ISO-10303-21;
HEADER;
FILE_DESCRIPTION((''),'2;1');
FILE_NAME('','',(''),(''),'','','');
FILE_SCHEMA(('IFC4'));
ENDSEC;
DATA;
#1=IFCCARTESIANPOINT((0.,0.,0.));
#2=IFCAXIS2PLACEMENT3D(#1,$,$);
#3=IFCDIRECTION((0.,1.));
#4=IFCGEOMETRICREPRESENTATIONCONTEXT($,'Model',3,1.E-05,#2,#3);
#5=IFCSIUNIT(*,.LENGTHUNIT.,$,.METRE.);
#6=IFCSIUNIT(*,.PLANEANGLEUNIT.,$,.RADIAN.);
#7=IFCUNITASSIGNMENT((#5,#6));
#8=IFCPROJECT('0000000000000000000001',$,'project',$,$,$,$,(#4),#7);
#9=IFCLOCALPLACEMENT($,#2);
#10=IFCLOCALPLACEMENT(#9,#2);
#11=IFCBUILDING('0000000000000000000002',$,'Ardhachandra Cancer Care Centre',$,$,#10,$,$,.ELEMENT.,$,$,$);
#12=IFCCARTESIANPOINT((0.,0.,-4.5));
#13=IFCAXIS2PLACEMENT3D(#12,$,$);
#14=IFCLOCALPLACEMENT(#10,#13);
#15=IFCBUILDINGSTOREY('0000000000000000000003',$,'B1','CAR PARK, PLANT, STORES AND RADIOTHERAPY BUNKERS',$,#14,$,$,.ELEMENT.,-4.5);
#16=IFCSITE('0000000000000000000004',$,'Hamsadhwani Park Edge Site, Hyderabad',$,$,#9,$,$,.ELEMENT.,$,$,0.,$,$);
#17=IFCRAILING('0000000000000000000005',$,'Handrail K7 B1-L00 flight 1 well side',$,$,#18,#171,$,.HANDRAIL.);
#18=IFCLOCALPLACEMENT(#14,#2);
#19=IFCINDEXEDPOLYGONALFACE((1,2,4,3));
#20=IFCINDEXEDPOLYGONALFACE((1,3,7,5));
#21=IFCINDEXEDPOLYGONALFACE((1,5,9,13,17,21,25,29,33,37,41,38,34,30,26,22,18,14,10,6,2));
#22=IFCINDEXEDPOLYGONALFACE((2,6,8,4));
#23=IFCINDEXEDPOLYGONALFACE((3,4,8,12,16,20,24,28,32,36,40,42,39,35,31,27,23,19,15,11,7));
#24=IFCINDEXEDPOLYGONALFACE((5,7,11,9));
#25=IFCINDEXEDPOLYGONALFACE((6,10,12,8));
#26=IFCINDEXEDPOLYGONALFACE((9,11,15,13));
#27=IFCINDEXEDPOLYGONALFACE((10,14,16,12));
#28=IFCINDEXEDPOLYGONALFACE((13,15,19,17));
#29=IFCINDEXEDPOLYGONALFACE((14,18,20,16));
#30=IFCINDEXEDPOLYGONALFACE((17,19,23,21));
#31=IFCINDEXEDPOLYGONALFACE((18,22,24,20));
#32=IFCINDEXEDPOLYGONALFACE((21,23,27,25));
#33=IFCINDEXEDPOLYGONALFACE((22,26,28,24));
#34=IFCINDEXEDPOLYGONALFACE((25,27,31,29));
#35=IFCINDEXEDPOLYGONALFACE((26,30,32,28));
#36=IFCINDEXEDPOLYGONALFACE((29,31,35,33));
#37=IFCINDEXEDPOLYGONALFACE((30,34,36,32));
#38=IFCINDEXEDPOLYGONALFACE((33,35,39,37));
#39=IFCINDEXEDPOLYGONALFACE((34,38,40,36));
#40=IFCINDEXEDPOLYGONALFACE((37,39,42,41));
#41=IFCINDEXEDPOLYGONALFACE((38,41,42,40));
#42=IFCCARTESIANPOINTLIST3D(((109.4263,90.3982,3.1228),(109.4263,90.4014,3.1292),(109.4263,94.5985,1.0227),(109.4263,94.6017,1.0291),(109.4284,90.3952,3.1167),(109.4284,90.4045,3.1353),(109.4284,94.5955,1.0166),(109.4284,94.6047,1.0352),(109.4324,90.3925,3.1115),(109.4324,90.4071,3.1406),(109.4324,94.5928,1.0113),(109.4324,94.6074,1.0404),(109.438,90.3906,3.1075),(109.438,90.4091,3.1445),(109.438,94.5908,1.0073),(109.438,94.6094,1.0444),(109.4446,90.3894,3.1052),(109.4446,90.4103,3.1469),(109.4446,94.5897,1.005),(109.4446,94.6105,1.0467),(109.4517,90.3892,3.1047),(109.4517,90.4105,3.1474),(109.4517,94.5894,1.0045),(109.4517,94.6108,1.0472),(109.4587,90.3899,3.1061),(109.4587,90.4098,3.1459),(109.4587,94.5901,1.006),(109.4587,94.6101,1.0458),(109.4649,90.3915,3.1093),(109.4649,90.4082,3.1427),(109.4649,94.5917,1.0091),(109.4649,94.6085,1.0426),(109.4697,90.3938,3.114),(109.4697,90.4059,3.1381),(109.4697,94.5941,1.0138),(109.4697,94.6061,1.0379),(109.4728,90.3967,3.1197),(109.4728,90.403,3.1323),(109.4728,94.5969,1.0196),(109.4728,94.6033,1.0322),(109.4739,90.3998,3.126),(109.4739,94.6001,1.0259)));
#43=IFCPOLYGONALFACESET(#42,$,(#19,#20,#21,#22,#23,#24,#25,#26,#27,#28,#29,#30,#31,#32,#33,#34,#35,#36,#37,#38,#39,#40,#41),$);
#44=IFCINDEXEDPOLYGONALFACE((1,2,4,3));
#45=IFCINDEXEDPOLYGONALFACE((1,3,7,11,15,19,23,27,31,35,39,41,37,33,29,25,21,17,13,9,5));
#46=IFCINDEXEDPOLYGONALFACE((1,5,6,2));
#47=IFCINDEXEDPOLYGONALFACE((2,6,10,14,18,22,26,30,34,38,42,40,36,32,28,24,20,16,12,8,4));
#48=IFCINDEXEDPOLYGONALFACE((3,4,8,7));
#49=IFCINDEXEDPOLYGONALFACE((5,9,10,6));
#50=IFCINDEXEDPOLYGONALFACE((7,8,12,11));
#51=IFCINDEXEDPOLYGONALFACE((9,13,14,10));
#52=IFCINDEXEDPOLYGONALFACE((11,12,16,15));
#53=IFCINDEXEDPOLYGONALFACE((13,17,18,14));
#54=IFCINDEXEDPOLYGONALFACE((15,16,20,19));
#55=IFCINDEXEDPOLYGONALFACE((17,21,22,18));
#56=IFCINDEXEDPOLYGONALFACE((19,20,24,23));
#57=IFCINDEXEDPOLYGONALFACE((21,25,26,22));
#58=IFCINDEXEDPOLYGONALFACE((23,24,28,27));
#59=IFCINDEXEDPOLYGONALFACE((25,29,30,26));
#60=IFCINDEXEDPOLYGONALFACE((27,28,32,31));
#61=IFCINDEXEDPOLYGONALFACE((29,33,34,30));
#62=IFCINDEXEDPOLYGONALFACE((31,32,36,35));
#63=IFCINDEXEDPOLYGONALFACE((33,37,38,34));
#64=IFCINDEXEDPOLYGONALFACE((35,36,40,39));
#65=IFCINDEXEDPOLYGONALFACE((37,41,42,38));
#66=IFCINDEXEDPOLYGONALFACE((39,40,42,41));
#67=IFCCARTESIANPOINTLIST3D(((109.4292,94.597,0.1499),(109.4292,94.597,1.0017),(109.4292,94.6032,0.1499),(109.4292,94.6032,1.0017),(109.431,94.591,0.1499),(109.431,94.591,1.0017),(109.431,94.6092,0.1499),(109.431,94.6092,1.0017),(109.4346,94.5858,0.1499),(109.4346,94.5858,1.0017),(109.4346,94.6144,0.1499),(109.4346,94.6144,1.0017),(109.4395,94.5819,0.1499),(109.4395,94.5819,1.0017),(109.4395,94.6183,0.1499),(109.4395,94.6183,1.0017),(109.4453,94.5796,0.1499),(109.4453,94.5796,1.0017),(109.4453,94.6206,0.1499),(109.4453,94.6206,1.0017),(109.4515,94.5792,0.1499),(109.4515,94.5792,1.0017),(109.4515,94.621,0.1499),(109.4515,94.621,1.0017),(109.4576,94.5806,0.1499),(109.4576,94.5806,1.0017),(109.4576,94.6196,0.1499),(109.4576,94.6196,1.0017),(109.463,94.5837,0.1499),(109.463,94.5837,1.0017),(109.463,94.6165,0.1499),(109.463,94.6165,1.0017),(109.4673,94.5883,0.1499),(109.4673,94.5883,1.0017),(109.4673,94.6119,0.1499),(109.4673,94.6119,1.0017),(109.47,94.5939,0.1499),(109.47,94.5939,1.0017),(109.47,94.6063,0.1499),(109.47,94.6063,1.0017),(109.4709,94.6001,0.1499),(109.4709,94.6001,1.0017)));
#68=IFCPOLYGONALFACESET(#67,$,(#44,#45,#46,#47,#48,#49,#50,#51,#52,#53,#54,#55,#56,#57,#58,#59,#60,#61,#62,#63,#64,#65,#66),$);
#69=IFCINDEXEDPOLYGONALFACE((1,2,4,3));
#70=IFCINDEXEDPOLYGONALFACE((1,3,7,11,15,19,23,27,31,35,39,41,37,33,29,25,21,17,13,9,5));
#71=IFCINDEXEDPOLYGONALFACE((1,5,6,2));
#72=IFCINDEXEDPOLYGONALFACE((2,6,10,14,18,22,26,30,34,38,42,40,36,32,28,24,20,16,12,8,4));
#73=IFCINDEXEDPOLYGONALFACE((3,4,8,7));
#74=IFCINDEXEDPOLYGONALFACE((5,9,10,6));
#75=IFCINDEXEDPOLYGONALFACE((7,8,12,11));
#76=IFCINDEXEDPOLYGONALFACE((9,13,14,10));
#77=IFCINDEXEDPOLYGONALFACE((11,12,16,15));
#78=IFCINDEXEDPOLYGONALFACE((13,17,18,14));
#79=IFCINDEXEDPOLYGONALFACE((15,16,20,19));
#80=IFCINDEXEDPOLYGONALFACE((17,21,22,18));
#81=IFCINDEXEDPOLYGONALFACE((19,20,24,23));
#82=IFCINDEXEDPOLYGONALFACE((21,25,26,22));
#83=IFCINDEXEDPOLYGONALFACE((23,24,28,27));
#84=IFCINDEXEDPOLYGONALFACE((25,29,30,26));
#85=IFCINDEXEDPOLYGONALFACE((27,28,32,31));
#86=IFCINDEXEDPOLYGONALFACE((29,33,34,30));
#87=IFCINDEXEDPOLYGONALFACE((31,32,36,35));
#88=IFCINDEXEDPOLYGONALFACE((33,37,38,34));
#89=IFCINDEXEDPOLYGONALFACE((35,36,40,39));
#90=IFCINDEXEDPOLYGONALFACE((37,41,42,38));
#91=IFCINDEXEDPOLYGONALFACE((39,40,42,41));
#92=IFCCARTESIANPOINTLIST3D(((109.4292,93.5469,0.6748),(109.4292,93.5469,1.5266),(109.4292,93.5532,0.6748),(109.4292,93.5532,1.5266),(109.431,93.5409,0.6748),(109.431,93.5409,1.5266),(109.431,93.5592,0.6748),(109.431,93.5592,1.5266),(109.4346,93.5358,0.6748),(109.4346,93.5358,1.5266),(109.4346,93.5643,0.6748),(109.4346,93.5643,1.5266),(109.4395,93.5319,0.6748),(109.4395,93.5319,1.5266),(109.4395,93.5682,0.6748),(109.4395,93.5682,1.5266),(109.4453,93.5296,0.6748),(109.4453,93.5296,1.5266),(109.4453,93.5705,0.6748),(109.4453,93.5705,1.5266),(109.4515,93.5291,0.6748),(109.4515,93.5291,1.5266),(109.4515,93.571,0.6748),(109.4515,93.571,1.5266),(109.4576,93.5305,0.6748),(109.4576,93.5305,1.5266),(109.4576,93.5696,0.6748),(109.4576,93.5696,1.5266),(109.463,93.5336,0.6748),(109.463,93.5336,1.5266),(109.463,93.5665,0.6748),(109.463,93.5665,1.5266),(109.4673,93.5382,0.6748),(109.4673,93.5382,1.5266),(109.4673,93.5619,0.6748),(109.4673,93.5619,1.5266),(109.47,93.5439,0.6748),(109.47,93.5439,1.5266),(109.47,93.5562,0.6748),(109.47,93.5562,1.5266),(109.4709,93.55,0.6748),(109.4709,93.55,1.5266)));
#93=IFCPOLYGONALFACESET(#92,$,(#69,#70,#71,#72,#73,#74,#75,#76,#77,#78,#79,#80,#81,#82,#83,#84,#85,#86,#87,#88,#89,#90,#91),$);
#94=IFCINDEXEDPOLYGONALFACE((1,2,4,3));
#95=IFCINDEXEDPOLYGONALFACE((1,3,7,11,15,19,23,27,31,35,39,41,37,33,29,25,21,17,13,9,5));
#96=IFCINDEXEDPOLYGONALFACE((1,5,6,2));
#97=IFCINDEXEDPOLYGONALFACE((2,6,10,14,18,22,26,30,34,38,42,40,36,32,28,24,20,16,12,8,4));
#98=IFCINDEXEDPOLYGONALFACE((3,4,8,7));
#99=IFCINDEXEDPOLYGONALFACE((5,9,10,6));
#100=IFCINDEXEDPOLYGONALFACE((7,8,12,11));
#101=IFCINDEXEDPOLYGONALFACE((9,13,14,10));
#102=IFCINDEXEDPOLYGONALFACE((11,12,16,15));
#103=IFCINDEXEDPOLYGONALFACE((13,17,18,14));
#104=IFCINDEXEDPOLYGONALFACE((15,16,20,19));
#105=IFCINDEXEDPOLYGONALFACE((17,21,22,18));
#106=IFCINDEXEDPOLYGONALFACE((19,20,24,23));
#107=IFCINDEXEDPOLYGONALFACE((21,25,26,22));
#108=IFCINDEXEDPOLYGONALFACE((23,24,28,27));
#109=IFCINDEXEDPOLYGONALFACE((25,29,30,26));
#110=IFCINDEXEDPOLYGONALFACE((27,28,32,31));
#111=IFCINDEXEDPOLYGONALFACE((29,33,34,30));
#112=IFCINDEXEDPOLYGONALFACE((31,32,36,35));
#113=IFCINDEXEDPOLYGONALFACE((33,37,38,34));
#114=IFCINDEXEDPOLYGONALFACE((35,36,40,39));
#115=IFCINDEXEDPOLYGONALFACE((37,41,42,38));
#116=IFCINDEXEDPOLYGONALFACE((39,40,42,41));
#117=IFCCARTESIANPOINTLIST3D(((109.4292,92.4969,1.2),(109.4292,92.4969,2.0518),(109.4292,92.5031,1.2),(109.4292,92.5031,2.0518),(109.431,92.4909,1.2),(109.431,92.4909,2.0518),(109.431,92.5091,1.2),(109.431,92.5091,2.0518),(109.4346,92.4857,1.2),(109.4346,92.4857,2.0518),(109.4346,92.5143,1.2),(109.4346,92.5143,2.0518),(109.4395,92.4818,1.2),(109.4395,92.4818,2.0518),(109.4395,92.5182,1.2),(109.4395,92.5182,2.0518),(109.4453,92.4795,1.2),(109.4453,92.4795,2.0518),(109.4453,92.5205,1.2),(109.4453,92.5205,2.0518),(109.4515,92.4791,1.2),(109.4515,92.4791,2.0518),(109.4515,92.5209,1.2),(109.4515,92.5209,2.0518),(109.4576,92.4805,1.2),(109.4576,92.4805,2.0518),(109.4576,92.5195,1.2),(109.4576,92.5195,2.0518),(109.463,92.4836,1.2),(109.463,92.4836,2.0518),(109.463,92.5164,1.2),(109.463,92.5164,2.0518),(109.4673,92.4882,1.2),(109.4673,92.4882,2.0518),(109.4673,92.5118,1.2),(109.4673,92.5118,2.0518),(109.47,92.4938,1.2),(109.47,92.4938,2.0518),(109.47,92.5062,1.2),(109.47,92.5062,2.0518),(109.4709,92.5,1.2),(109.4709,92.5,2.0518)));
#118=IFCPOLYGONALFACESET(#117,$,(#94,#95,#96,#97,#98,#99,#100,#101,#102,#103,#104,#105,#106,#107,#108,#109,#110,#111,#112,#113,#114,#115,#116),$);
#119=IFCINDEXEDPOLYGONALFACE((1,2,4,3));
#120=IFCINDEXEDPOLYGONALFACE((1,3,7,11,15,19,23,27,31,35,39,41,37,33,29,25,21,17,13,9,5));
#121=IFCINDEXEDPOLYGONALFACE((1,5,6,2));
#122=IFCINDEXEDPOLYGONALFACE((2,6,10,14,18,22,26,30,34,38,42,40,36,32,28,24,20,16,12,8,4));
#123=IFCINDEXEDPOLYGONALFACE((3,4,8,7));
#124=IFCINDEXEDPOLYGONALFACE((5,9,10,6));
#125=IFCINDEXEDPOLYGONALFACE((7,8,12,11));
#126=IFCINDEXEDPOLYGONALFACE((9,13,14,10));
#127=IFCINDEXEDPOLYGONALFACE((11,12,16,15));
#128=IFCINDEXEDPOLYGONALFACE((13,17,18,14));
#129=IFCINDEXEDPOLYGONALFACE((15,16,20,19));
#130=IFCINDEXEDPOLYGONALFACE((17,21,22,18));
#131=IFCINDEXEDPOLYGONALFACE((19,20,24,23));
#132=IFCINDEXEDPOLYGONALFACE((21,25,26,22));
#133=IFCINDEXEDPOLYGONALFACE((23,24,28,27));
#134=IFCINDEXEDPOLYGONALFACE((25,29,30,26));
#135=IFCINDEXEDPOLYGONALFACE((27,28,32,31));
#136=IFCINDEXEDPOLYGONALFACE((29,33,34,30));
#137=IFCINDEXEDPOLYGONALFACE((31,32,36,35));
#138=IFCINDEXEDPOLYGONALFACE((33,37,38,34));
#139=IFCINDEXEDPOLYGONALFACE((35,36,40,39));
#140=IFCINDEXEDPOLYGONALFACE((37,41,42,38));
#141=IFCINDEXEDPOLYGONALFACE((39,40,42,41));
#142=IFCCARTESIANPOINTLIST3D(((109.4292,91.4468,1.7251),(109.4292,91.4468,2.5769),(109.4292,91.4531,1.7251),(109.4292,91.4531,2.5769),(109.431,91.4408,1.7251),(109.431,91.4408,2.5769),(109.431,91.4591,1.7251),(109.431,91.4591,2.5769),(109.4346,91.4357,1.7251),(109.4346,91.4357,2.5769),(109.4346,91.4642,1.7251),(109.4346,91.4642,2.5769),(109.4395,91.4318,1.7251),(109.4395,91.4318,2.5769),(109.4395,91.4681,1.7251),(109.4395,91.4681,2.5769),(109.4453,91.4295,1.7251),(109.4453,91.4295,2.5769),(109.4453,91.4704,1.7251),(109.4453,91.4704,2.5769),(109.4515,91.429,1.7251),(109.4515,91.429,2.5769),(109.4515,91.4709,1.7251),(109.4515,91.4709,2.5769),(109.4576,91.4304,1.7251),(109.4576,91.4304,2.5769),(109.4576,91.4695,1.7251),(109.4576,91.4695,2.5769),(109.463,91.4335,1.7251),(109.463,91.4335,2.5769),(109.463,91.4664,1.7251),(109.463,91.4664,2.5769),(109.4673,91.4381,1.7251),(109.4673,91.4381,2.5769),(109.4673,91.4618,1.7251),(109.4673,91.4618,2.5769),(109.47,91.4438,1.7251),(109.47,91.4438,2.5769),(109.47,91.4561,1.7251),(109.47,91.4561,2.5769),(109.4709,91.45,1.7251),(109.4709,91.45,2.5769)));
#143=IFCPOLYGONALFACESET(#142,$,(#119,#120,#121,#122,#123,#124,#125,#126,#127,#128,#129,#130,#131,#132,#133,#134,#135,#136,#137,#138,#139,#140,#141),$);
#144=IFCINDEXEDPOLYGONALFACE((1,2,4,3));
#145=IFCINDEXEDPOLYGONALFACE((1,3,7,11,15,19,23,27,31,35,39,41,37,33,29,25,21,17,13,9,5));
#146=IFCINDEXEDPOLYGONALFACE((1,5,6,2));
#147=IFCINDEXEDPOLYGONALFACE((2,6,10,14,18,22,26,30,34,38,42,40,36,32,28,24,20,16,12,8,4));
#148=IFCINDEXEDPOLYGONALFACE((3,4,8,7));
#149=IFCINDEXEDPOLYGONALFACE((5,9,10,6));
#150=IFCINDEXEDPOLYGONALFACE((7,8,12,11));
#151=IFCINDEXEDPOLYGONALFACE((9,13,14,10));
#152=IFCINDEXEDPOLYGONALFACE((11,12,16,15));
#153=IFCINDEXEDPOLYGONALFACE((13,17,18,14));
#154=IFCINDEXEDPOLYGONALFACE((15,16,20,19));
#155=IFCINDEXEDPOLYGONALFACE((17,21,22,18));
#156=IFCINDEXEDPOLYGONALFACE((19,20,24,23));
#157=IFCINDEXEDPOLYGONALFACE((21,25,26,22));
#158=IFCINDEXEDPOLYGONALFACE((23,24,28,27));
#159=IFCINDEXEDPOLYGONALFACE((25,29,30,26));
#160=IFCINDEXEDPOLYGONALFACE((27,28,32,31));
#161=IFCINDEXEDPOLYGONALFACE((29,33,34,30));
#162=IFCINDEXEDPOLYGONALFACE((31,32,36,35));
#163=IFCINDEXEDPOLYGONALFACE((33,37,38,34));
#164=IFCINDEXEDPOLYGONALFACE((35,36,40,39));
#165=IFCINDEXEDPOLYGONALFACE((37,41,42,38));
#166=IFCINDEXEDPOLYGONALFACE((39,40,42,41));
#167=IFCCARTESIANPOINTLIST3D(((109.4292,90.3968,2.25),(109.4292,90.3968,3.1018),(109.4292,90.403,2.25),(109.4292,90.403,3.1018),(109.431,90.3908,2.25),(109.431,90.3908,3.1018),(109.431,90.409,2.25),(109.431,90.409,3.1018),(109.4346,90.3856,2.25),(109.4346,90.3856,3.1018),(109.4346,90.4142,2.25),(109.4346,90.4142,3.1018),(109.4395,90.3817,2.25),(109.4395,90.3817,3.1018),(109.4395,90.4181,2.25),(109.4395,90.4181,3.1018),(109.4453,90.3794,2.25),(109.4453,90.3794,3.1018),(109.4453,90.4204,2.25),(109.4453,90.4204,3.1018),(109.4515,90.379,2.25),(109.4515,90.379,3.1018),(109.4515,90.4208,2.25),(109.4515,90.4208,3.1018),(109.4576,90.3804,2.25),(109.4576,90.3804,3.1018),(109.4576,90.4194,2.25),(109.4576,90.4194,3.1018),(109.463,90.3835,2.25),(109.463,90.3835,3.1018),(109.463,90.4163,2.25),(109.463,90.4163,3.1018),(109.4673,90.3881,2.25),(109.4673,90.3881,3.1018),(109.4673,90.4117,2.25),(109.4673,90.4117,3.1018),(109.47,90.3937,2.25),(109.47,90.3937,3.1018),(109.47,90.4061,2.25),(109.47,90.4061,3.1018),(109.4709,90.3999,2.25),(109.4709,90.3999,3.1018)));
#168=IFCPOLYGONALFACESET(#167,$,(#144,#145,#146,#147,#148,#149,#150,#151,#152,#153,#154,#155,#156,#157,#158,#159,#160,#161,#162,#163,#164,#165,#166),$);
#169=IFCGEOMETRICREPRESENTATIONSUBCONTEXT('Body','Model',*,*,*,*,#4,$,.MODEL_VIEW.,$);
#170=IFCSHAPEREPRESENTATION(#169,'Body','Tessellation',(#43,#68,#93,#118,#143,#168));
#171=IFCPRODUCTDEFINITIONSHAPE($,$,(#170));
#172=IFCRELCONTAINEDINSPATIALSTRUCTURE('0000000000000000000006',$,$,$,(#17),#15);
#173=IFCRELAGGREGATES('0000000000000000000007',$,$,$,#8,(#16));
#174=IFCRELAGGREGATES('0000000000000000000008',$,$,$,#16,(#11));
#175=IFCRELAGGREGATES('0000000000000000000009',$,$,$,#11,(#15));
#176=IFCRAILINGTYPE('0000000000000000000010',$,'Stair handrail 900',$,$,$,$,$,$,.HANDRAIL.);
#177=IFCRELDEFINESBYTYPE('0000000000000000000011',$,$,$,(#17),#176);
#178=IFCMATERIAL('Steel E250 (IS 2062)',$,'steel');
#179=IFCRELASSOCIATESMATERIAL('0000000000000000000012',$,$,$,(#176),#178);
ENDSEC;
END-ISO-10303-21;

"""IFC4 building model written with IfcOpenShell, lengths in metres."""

from ifc_helpers import new_model, si_unit, direction, frame, origin, origin_2d, place, context, subcontext, project, spatial, circle, extrude, material, type_object, element, save


model = new_model("IFC4")

# Units and contexts
model_context = context("Model", 3, precision=1e-05, world=origin(), true_north=direction((0.0, 1.0)))
body_context = subcontext(model_context, "Body", "Model", "MODEL_VIEW")
ifc_project = project(units=[si_unit("LENGTHUNIT", "METRE"), si_unit("PLANEANGLEUNIT", "RADIAN")], contexts=[model_context])

# Site, building, storey
site_placement = place(None, origin())
site = spatial("IfcSite", under=ifc_project, at=site_placement, Name="Hamsadhwani Park Edge Site, Hyderabad", CompositionType="ELEMENT", RefElevation=0.0)
building_placement = place(site_placement, origin())
building = spatial("IfcBuilding", under=site, at=building_placement, Name="Ardhachandra Cancer Care Centre", CompositionType="ELEMENT")
storey_placement = place(building_placement, frame((0.0, 0.0, -4.5)))
storey = spatial("IfcBuildingStorey", under=building, at=storey_placement, Name="B1", Description="CAR PARK, PLANT, STORES AND RADIOTHERAPY BUNKERS", CompositionType="ELEMENT", Elevation=-4.5)

# Railing
ifc_material_1 = material(Name="Steel E250 (IS 2062)", Category="steel")
railing_type = type_object("IfcRailingType", Name="Stair handrail 900", PredefinedType="HANDRAIL", material=ifc_material_1)
for number, where, name in (
    (1, (109.45, 94.6001, 0.1499), "Handrail K7 B1-L00 flight 1 well side"),
):
    element("IfcRailing", number, at=place(storey_placement, frame(where)), inside=storey, type_object=railing_type, Name=name, PredefinedType="HANDRAIL", context=body_context, shape_type="SweptSolid", body=[
        extrude(circle(Radius=0.0239, at=origin_2d()), frame((0.0, 0.0, 0.876), z_axis=(0.0, -0.894427, 0.447214), x_axis=(1.0, 0.0, 0.0)), (0.0, 0.0, 1.0), 4.696),
        extrude(circle(Radius=0.021, at=origin_2d()), origin(), (0.0, 0.0, 1.0), 0.8518),
        extrude(circle(Radius=0.021, at=origin_2d()), frame((0.0, -1.05, 0.5249)), (0.0, 0.0, 1.0), 0.8518),
        extrude(circle(Radius=0.021, at=origin_2d()), frame((0.0, -2.1001, 1.05)), (0.0, 0.0, 1.0), 0.8518),
        extrude(circle(Radius=0.021, at=origin_2d()), frame((0.0, -3.1501, 1.5752)), (0.0, 0.0, 1.0), 0.8518),
        extrude(circle(Radius=0.021, at=origin_2d()), frame((0.0, -4.2002, 2.1001)), (0.0, 0.0, 1.0), 0.8518),
    ])

save(model, "model.ifc")
